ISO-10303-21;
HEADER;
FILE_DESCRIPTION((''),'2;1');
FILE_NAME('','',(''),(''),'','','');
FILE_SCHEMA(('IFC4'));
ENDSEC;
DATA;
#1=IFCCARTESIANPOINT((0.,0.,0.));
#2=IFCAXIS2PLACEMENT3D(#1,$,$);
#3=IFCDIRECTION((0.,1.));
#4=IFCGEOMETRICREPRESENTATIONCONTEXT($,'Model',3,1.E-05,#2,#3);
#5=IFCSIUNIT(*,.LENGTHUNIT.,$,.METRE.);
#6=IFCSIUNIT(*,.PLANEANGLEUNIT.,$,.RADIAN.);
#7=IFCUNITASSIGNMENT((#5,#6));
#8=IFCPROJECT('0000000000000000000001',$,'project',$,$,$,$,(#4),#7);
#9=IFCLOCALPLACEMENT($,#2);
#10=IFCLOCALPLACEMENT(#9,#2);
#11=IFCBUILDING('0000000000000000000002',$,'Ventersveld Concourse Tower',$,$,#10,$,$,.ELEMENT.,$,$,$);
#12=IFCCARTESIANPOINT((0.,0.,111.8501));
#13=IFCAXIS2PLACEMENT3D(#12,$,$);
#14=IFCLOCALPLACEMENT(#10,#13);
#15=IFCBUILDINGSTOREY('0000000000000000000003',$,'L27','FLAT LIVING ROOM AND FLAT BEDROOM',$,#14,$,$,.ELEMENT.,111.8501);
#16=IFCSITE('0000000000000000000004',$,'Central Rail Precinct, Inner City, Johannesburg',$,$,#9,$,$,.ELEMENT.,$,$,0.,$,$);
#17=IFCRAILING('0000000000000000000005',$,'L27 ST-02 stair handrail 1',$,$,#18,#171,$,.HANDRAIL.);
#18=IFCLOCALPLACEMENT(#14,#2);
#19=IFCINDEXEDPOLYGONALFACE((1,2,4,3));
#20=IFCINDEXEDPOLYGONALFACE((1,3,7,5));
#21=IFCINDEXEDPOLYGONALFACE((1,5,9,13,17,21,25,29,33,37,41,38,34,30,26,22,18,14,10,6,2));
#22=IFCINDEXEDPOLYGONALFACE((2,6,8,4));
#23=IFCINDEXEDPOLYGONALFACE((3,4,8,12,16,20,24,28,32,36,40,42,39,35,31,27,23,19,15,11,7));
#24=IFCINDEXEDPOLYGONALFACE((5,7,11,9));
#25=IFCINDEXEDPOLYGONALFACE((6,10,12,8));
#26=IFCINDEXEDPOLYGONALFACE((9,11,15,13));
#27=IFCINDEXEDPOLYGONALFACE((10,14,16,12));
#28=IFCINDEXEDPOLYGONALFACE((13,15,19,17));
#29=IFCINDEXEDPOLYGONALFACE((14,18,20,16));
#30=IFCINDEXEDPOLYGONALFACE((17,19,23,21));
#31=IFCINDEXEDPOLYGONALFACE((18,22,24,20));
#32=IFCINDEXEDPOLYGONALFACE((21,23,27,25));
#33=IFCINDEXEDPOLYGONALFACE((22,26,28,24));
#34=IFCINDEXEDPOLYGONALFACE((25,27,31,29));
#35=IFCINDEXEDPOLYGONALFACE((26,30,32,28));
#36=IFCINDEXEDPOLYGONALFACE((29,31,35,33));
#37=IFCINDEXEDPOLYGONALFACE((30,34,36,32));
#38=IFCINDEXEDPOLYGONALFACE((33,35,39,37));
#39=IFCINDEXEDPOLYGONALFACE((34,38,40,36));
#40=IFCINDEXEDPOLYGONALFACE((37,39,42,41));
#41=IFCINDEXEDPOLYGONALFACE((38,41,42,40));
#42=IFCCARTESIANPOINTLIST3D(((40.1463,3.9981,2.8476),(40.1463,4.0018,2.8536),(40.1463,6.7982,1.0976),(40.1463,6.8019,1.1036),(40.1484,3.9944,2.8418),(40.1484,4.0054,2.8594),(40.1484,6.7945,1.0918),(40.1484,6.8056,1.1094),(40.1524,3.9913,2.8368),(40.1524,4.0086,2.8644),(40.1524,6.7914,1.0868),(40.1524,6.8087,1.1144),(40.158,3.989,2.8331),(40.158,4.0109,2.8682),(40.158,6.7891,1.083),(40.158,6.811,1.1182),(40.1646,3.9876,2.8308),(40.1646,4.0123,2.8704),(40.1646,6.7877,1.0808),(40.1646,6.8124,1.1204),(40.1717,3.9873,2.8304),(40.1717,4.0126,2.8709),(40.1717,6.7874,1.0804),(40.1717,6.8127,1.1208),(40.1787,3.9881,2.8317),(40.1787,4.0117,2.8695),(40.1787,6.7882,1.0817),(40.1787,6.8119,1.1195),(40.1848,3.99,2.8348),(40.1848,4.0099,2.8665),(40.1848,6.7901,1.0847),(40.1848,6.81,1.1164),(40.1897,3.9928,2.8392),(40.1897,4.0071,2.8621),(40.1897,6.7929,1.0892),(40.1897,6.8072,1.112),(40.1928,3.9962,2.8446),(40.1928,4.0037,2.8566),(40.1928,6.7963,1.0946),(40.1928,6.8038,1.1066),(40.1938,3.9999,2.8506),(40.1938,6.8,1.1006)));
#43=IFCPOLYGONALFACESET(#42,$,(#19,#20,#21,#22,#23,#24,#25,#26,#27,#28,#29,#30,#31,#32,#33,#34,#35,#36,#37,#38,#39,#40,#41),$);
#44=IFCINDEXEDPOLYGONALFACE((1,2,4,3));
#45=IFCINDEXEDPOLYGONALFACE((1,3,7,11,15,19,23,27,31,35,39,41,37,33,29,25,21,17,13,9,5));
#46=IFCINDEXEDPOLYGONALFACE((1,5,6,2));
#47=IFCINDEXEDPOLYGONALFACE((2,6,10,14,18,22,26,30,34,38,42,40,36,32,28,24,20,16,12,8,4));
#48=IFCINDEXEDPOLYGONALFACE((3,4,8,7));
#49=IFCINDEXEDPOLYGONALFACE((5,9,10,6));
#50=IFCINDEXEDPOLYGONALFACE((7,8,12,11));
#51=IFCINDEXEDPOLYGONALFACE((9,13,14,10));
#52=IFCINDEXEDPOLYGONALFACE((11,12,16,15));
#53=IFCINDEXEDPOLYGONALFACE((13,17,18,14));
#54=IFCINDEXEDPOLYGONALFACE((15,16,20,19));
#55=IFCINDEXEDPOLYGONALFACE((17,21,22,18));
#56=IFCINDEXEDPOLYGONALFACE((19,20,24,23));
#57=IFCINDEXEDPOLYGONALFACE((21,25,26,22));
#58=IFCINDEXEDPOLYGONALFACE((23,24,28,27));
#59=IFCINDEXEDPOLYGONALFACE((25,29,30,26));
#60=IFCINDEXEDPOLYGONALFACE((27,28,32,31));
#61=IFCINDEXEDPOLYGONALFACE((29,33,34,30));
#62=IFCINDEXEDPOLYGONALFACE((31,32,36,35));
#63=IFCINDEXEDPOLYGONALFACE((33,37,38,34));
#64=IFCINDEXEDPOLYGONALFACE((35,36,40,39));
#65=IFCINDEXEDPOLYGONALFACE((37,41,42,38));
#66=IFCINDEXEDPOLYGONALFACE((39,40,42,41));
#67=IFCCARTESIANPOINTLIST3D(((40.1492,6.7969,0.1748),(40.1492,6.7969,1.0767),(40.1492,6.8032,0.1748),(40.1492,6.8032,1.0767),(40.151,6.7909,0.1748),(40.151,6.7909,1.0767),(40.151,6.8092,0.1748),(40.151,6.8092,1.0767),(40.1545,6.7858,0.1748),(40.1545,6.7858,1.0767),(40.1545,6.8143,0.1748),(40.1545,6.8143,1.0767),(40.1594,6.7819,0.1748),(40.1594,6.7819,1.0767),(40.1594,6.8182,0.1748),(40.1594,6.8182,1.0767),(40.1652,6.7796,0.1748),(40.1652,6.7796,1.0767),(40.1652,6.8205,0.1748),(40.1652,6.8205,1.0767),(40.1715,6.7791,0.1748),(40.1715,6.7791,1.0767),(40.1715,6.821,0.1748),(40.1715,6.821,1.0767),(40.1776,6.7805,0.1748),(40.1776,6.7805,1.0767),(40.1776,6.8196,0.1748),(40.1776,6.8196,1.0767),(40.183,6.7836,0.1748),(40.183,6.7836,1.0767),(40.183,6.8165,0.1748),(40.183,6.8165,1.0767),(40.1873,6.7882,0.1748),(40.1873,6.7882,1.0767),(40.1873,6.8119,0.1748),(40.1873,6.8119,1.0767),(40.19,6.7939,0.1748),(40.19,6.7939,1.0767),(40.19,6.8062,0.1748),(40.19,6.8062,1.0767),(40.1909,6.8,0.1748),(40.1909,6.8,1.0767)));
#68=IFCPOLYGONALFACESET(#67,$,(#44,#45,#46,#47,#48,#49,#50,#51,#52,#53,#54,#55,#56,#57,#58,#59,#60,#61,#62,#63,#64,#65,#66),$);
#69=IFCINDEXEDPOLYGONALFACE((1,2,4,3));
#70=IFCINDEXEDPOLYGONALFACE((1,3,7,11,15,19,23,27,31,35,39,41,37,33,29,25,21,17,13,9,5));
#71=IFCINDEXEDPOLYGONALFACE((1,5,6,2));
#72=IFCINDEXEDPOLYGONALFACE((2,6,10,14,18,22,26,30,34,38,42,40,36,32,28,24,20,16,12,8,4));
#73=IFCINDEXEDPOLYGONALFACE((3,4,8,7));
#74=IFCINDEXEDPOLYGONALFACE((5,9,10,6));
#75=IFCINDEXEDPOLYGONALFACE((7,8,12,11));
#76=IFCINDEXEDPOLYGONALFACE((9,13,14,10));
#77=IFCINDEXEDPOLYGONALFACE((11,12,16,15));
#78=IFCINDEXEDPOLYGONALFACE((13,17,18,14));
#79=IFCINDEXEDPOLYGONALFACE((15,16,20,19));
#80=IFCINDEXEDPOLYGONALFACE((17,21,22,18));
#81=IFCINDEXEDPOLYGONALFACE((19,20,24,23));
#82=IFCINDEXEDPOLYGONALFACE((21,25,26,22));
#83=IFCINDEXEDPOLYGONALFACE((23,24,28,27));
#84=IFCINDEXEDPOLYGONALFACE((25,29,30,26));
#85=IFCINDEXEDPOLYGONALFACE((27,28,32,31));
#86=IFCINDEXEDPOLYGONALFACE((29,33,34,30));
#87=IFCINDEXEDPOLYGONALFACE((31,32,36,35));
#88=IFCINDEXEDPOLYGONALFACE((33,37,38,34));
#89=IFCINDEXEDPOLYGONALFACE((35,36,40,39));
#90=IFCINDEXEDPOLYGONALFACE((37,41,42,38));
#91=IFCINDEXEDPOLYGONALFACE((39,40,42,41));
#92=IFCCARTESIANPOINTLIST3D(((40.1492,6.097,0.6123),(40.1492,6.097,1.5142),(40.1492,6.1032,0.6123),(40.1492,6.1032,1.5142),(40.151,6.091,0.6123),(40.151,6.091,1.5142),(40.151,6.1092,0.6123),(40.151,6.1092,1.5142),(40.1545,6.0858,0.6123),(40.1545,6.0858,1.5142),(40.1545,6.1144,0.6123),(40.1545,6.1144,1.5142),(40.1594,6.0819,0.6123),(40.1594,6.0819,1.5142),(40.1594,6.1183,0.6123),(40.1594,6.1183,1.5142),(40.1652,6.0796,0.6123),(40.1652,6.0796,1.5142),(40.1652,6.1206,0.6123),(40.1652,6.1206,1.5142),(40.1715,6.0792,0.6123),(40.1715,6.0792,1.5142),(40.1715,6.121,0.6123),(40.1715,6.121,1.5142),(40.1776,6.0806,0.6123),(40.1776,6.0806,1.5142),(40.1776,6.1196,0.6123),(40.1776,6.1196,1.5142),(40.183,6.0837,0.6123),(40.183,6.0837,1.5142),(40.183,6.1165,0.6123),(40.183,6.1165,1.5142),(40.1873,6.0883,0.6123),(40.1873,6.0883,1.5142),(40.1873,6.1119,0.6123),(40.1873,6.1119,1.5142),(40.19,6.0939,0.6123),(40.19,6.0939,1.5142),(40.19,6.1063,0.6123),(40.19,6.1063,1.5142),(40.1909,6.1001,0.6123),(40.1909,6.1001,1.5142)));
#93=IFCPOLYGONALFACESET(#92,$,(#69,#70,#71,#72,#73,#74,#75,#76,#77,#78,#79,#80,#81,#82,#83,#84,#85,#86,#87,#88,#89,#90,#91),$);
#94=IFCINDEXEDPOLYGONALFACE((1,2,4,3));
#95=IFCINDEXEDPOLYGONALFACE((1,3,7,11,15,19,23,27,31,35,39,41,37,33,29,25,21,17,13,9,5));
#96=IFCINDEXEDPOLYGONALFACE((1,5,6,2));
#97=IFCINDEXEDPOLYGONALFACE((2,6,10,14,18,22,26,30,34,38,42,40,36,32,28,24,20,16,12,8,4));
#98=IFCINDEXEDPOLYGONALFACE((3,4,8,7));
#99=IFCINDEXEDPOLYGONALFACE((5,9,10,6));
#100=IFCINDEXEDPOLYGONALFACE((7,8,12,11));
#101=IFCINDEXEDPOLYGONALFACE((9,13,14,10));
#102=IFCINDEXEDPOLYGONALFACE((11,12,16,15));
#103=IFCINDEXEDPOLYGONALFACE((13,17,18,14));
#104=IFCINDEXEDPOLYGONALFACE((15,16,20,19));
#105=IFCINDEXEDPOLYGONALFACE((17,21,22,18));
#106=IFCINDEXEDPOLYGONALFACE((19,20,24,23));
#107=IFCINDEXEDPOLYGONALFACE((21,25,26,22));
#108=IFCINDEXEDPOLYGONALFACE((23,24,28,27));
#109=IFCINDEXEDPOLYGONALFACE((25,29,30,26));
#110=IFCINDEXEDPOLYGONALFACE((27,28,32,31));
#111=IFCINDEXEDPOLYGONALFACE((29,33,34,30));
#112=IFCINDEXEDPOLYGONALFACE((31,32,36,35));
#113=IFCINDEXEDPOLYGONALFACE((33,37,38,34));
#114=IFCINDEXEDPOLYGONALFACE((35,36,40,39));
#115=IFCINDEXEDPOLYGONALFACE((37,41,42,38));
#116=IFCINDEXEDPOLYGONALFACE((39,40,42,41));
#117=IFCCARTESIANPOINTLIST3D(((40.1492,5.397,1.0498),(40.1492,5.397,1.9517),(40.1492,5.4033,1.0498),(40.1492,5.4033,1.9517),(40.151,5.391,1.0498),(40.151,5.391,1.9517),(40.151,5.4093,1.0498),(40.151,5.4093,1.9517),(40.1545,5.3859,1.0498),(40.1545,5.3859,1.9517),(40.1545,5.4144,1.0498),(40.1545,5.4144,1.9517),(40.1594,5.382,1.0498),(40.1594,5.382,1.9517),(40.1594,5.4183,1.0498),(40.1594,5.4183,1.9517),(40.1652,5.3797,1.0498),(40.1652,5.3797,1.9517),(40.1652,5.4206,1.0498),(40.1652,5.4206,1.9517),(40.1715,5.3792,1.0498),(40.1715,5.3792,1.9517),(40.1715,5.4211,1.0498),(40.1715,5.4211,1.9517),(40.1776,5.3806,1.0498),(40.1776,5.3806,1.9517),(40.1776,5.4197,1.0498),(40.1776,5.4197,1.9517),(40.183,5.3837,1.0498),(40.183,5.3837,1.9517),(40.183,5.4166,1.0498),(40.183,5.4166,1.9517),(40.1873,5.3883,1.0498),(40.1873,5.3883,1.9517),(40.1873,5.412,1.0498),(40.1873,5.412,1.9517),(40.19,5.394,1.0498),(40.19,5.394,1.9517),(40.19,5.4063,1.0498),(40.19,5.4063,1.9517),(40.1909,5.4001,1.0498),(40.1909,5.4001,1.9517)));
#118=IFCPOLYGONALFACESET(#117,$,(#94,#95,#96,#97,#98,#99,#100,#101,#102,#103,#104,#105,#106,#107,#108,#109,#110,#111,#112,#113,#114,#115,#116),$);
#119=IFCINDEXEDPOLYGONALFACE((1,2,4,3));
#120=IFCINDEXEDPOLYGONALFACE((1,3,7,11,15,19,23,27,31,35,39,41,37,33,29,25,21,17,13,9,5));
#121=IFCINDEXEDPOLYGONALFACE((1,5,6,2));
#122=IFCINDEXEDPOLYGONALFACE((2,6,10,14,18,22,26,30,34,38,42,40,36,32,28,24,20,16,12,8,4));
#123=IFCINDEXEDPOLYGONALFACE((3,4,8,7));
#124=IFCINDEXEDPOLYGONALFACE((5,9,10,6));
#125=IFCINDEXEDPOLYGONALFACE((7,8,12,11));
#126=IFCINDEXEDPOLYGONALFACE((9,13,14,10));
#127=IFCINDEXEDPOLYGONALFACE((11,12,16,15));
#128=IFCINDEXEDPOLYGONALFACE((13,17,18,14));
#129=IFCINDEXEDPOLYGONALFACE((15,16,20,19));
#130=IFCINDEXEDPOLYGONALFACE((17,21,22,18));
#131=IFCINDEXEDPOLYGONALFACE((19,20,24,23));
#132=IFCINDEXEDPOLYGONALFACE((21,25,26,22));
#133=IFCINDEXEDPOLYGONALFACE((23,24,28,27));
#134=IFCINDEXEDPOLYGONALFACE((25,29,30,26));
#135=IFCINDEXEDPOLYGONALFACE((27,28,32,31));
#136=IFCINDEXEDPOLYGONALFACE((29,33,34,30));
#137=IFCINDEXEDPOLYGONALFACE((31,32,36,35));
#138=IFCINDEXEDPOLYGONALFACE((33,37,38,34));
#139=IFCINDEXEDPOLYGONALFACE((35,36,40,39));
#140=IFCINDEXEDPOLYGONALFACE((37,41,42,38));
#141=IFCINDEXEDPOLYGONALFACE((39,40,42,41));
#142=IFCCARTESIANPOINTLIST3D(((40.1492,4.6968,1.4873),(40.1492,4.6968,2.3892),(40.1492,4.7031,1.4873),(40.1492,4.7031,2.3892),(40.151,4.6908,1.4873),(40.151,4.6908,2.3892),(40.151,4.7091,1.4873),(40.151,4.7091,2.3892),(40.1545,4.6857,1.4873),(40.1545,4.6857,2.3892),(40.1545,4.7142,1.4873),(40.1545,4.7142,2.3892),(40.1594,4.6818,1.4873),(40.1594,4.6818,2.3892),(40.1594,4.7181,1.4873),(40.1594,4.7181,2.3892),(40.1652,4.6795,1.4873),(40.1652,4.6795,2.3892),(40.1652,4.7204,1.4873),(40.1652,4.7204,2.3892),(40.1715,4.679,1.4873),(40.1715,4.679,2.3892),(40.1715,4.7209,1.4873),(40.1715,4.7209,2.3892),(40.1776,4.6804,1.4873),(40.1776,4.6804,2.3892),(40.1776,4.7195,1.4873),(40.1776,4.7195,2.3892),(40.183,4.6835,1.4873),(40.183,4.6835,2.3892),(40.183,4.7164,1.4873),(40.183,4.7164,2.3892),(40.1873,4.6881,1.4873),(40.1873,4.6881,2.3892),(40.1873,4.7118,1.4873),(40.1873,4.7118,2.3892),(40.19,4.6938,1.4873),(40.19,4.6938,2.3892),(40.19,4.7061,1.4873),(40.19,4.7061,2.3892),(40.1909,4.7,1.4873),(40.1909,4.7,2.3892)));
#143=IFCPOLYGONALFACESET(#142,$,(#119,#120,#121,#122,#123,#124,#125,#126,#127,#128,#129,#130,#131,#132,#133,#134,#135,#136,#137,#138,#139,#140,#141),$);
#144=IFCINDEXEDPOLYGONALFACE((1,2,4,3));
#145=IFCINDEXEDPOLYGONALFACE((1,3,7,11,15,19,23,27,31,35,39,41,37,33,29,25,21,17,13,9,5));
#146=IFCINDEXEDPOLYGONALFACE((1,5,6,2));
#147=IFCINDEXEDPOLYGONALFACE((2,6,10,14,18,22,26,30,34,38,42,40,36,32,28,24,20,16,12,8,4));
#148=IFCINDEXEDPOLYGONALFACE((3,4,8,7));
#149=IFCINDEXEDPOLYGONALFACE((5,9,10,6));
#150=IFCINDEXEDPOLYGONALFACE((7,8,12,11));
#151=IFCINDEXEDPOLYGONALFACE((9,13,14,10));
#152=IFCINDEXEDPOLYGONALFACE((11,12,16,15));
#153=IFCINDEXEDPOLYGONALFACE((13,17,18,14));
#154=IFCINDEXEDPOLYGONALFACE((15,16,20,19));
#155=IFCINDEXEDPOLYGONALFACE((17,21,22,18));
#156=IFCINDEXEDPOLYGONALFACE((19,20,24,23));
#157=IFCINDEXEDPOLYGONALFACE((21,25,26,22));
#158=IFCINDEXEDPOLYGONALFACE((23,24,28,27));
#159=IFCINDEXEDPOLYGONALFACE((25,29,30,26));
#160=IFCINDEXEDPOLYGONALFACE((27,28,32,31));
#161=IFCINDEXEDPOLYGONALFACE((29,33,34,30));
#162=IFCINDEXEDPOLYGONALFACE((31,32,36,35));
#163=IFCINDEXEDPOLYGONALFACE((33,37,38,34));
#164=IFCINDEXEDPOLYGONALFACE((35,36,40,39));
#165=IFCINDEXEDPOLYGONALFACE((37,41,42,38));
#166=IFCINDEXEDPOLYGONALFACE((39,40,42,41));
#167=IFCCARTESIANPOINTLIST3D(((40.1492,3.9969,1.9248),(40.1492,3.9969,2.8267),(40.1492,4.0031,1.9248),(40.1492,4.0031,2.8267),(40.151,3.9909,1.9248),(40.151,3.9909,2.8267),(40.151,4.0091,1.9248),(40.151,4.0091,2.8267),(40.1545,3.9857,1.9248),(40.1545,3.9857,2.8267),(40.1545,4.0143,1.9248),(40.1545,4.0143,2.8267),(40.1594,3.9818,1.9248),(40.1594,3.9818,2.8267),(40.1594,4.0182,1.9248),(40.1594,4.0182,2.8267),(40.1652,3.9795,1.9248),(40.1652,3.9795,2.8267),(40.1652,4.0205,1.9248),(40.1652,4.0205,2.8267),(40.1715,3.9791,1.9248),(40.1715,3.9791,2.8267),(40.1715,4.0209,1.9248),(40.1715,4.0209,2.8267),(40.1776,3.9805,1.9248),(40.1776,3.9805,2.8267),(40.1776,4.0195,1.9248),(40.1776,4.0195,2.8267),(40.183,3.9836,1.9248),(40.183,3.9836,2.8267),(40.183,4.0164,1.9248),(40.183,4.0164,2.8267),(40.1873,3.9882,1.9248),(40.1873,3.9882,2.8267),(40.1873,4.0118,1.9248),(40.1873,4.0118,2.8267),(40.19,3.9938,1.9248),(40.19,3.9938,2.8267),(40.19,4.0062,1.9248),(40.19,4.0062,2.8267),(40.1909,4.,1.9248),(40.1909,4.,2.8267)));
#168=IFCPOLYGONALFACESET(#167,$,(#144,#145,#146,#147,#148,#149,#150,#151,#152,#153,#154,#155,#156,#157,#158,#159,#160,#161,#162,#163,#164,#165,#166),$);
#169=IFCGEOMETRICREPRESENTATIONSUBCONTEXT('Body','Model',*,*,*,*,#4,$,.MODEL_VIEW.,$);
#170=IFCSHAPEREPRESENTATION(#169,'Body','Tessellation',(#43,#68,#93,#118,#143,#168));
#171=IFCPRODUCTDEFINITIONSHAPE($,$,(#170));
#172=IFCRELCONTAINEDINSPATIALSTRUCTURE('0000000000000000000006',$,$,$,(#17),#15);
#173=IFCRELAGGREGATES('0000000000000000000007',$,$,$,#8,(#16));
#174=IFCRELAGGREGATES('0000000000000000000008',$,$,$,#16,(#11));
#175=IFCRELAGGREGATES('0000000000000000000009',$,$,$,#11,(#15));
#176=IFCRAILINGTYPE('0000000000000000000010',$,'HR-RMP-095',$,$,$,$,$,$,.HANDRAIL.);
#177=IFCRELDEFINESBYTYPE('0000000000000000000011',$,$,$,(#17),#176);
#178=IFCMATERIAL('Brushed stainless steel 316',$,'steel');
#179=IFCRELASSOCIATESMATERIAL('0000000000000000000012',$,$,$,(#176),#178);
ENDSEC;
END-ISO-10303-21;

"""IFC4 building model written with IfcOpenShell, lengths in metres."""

from ifc_helpers import new_model, si_unit, direction, frame, origin, origin_2d, place, context, subcontext, project, spatial, circle, extrude, material, type_object, element, save


model = new_model("IFC4")

# Units and contexts
model_context = context("Model", 3, precision=1e-05, world=origin(), true_north=direction((0.0, 1.0)))
body_context = subcontext(model_context, "Body", "Model", "MODEL_VIEW")
ifc_project = project(units=[si_unit("LENGTHUNIT", "METRE"), si_unit("PLANEANGLEUNIT", "RADIAN")], contexts=[model_context])

# Site, building, storey
site_placement = place(None, origin())
site = spatial("IfcSite", under=ifc_project, at=site_placement, Name="Central Rail Precinct, Inner City, Johannesburg", CompositionType="ELEMENT", RefElevation=0.0)
building_placement = place(site_placement, origin())
building = spatial("IfcBuilding", under=site, at=building_placement, Name="Ventersveld Concourse Tower", CompositionType="ELEMENT")
storey_placement = place(building_placement, frame((0.0, 0.0, 111.8501)))
storey = spatial("IfcBuildingStorey", under=building, at=storey_placement, Name="L27", Description="FLAT LIVING ROOM AND FLAT BEDROOM", CompositionType="ELEMENT", Elevation=111.8501)

# Shared definitions
ifc_material_1 = material(Name="Brushed stainless steel 316", Category="steel")

# Railing
railing_type_1 = type_object("IfcRailingType", Name="HR-RMP-095", PredefinedType="HANDRAIL", material=ifc_material_1)
railing_1_placement = place(storey_placement, frame((40.1699, 6.8, 0.1748)))
element("IfcRailing", 1, at=railing_1_placement, inside=storey, type_object=railing_type_1, Name="L27 ST-02 stair handrail 1", PredefinedType="HANDRAIL", context=body_context, shape_type="SweptSolid", body=[
    extrude(circle(Radius=0.0239, at=origin_2d()), frame((0.0, 0.0, 0.9258), z_axis=(0.0, -0.848002, 0.529992), x_axis=(1.0, 0.0, 0.0)), (0.0, 0.0, 1.0), 3.302),
    extrude(circle(Radius=0.021, at=origin_2d()), origin(), (0.0, 0.0, 1.0), 0.9019),
    extrude(circle(Radius=0.021, at=origin_2d()), frame((0.0, -0.7, 0.4375)), (0.0, 0.0, 1.0), 0.9019),
    extrude(circle(Radius=0.021, at=origin_2d()), frame((0.0, -1.3999, 0.875)), (0.0, 0.0, 1.0), 0.9019),
    extrude(circle(Radius=0.021, at=origin_2d()), frame((0.0, -2.1001, 1.3125)), (0.0, 0.0, 1.0), 0.9019),
    extrude(circle(Radius=0.021, at=origin_2d()), frame((0.0, -2.8, 1.75)), (0.0, 0.0, 1.0), 0.9019),
])

save(model, "model.ifc")
